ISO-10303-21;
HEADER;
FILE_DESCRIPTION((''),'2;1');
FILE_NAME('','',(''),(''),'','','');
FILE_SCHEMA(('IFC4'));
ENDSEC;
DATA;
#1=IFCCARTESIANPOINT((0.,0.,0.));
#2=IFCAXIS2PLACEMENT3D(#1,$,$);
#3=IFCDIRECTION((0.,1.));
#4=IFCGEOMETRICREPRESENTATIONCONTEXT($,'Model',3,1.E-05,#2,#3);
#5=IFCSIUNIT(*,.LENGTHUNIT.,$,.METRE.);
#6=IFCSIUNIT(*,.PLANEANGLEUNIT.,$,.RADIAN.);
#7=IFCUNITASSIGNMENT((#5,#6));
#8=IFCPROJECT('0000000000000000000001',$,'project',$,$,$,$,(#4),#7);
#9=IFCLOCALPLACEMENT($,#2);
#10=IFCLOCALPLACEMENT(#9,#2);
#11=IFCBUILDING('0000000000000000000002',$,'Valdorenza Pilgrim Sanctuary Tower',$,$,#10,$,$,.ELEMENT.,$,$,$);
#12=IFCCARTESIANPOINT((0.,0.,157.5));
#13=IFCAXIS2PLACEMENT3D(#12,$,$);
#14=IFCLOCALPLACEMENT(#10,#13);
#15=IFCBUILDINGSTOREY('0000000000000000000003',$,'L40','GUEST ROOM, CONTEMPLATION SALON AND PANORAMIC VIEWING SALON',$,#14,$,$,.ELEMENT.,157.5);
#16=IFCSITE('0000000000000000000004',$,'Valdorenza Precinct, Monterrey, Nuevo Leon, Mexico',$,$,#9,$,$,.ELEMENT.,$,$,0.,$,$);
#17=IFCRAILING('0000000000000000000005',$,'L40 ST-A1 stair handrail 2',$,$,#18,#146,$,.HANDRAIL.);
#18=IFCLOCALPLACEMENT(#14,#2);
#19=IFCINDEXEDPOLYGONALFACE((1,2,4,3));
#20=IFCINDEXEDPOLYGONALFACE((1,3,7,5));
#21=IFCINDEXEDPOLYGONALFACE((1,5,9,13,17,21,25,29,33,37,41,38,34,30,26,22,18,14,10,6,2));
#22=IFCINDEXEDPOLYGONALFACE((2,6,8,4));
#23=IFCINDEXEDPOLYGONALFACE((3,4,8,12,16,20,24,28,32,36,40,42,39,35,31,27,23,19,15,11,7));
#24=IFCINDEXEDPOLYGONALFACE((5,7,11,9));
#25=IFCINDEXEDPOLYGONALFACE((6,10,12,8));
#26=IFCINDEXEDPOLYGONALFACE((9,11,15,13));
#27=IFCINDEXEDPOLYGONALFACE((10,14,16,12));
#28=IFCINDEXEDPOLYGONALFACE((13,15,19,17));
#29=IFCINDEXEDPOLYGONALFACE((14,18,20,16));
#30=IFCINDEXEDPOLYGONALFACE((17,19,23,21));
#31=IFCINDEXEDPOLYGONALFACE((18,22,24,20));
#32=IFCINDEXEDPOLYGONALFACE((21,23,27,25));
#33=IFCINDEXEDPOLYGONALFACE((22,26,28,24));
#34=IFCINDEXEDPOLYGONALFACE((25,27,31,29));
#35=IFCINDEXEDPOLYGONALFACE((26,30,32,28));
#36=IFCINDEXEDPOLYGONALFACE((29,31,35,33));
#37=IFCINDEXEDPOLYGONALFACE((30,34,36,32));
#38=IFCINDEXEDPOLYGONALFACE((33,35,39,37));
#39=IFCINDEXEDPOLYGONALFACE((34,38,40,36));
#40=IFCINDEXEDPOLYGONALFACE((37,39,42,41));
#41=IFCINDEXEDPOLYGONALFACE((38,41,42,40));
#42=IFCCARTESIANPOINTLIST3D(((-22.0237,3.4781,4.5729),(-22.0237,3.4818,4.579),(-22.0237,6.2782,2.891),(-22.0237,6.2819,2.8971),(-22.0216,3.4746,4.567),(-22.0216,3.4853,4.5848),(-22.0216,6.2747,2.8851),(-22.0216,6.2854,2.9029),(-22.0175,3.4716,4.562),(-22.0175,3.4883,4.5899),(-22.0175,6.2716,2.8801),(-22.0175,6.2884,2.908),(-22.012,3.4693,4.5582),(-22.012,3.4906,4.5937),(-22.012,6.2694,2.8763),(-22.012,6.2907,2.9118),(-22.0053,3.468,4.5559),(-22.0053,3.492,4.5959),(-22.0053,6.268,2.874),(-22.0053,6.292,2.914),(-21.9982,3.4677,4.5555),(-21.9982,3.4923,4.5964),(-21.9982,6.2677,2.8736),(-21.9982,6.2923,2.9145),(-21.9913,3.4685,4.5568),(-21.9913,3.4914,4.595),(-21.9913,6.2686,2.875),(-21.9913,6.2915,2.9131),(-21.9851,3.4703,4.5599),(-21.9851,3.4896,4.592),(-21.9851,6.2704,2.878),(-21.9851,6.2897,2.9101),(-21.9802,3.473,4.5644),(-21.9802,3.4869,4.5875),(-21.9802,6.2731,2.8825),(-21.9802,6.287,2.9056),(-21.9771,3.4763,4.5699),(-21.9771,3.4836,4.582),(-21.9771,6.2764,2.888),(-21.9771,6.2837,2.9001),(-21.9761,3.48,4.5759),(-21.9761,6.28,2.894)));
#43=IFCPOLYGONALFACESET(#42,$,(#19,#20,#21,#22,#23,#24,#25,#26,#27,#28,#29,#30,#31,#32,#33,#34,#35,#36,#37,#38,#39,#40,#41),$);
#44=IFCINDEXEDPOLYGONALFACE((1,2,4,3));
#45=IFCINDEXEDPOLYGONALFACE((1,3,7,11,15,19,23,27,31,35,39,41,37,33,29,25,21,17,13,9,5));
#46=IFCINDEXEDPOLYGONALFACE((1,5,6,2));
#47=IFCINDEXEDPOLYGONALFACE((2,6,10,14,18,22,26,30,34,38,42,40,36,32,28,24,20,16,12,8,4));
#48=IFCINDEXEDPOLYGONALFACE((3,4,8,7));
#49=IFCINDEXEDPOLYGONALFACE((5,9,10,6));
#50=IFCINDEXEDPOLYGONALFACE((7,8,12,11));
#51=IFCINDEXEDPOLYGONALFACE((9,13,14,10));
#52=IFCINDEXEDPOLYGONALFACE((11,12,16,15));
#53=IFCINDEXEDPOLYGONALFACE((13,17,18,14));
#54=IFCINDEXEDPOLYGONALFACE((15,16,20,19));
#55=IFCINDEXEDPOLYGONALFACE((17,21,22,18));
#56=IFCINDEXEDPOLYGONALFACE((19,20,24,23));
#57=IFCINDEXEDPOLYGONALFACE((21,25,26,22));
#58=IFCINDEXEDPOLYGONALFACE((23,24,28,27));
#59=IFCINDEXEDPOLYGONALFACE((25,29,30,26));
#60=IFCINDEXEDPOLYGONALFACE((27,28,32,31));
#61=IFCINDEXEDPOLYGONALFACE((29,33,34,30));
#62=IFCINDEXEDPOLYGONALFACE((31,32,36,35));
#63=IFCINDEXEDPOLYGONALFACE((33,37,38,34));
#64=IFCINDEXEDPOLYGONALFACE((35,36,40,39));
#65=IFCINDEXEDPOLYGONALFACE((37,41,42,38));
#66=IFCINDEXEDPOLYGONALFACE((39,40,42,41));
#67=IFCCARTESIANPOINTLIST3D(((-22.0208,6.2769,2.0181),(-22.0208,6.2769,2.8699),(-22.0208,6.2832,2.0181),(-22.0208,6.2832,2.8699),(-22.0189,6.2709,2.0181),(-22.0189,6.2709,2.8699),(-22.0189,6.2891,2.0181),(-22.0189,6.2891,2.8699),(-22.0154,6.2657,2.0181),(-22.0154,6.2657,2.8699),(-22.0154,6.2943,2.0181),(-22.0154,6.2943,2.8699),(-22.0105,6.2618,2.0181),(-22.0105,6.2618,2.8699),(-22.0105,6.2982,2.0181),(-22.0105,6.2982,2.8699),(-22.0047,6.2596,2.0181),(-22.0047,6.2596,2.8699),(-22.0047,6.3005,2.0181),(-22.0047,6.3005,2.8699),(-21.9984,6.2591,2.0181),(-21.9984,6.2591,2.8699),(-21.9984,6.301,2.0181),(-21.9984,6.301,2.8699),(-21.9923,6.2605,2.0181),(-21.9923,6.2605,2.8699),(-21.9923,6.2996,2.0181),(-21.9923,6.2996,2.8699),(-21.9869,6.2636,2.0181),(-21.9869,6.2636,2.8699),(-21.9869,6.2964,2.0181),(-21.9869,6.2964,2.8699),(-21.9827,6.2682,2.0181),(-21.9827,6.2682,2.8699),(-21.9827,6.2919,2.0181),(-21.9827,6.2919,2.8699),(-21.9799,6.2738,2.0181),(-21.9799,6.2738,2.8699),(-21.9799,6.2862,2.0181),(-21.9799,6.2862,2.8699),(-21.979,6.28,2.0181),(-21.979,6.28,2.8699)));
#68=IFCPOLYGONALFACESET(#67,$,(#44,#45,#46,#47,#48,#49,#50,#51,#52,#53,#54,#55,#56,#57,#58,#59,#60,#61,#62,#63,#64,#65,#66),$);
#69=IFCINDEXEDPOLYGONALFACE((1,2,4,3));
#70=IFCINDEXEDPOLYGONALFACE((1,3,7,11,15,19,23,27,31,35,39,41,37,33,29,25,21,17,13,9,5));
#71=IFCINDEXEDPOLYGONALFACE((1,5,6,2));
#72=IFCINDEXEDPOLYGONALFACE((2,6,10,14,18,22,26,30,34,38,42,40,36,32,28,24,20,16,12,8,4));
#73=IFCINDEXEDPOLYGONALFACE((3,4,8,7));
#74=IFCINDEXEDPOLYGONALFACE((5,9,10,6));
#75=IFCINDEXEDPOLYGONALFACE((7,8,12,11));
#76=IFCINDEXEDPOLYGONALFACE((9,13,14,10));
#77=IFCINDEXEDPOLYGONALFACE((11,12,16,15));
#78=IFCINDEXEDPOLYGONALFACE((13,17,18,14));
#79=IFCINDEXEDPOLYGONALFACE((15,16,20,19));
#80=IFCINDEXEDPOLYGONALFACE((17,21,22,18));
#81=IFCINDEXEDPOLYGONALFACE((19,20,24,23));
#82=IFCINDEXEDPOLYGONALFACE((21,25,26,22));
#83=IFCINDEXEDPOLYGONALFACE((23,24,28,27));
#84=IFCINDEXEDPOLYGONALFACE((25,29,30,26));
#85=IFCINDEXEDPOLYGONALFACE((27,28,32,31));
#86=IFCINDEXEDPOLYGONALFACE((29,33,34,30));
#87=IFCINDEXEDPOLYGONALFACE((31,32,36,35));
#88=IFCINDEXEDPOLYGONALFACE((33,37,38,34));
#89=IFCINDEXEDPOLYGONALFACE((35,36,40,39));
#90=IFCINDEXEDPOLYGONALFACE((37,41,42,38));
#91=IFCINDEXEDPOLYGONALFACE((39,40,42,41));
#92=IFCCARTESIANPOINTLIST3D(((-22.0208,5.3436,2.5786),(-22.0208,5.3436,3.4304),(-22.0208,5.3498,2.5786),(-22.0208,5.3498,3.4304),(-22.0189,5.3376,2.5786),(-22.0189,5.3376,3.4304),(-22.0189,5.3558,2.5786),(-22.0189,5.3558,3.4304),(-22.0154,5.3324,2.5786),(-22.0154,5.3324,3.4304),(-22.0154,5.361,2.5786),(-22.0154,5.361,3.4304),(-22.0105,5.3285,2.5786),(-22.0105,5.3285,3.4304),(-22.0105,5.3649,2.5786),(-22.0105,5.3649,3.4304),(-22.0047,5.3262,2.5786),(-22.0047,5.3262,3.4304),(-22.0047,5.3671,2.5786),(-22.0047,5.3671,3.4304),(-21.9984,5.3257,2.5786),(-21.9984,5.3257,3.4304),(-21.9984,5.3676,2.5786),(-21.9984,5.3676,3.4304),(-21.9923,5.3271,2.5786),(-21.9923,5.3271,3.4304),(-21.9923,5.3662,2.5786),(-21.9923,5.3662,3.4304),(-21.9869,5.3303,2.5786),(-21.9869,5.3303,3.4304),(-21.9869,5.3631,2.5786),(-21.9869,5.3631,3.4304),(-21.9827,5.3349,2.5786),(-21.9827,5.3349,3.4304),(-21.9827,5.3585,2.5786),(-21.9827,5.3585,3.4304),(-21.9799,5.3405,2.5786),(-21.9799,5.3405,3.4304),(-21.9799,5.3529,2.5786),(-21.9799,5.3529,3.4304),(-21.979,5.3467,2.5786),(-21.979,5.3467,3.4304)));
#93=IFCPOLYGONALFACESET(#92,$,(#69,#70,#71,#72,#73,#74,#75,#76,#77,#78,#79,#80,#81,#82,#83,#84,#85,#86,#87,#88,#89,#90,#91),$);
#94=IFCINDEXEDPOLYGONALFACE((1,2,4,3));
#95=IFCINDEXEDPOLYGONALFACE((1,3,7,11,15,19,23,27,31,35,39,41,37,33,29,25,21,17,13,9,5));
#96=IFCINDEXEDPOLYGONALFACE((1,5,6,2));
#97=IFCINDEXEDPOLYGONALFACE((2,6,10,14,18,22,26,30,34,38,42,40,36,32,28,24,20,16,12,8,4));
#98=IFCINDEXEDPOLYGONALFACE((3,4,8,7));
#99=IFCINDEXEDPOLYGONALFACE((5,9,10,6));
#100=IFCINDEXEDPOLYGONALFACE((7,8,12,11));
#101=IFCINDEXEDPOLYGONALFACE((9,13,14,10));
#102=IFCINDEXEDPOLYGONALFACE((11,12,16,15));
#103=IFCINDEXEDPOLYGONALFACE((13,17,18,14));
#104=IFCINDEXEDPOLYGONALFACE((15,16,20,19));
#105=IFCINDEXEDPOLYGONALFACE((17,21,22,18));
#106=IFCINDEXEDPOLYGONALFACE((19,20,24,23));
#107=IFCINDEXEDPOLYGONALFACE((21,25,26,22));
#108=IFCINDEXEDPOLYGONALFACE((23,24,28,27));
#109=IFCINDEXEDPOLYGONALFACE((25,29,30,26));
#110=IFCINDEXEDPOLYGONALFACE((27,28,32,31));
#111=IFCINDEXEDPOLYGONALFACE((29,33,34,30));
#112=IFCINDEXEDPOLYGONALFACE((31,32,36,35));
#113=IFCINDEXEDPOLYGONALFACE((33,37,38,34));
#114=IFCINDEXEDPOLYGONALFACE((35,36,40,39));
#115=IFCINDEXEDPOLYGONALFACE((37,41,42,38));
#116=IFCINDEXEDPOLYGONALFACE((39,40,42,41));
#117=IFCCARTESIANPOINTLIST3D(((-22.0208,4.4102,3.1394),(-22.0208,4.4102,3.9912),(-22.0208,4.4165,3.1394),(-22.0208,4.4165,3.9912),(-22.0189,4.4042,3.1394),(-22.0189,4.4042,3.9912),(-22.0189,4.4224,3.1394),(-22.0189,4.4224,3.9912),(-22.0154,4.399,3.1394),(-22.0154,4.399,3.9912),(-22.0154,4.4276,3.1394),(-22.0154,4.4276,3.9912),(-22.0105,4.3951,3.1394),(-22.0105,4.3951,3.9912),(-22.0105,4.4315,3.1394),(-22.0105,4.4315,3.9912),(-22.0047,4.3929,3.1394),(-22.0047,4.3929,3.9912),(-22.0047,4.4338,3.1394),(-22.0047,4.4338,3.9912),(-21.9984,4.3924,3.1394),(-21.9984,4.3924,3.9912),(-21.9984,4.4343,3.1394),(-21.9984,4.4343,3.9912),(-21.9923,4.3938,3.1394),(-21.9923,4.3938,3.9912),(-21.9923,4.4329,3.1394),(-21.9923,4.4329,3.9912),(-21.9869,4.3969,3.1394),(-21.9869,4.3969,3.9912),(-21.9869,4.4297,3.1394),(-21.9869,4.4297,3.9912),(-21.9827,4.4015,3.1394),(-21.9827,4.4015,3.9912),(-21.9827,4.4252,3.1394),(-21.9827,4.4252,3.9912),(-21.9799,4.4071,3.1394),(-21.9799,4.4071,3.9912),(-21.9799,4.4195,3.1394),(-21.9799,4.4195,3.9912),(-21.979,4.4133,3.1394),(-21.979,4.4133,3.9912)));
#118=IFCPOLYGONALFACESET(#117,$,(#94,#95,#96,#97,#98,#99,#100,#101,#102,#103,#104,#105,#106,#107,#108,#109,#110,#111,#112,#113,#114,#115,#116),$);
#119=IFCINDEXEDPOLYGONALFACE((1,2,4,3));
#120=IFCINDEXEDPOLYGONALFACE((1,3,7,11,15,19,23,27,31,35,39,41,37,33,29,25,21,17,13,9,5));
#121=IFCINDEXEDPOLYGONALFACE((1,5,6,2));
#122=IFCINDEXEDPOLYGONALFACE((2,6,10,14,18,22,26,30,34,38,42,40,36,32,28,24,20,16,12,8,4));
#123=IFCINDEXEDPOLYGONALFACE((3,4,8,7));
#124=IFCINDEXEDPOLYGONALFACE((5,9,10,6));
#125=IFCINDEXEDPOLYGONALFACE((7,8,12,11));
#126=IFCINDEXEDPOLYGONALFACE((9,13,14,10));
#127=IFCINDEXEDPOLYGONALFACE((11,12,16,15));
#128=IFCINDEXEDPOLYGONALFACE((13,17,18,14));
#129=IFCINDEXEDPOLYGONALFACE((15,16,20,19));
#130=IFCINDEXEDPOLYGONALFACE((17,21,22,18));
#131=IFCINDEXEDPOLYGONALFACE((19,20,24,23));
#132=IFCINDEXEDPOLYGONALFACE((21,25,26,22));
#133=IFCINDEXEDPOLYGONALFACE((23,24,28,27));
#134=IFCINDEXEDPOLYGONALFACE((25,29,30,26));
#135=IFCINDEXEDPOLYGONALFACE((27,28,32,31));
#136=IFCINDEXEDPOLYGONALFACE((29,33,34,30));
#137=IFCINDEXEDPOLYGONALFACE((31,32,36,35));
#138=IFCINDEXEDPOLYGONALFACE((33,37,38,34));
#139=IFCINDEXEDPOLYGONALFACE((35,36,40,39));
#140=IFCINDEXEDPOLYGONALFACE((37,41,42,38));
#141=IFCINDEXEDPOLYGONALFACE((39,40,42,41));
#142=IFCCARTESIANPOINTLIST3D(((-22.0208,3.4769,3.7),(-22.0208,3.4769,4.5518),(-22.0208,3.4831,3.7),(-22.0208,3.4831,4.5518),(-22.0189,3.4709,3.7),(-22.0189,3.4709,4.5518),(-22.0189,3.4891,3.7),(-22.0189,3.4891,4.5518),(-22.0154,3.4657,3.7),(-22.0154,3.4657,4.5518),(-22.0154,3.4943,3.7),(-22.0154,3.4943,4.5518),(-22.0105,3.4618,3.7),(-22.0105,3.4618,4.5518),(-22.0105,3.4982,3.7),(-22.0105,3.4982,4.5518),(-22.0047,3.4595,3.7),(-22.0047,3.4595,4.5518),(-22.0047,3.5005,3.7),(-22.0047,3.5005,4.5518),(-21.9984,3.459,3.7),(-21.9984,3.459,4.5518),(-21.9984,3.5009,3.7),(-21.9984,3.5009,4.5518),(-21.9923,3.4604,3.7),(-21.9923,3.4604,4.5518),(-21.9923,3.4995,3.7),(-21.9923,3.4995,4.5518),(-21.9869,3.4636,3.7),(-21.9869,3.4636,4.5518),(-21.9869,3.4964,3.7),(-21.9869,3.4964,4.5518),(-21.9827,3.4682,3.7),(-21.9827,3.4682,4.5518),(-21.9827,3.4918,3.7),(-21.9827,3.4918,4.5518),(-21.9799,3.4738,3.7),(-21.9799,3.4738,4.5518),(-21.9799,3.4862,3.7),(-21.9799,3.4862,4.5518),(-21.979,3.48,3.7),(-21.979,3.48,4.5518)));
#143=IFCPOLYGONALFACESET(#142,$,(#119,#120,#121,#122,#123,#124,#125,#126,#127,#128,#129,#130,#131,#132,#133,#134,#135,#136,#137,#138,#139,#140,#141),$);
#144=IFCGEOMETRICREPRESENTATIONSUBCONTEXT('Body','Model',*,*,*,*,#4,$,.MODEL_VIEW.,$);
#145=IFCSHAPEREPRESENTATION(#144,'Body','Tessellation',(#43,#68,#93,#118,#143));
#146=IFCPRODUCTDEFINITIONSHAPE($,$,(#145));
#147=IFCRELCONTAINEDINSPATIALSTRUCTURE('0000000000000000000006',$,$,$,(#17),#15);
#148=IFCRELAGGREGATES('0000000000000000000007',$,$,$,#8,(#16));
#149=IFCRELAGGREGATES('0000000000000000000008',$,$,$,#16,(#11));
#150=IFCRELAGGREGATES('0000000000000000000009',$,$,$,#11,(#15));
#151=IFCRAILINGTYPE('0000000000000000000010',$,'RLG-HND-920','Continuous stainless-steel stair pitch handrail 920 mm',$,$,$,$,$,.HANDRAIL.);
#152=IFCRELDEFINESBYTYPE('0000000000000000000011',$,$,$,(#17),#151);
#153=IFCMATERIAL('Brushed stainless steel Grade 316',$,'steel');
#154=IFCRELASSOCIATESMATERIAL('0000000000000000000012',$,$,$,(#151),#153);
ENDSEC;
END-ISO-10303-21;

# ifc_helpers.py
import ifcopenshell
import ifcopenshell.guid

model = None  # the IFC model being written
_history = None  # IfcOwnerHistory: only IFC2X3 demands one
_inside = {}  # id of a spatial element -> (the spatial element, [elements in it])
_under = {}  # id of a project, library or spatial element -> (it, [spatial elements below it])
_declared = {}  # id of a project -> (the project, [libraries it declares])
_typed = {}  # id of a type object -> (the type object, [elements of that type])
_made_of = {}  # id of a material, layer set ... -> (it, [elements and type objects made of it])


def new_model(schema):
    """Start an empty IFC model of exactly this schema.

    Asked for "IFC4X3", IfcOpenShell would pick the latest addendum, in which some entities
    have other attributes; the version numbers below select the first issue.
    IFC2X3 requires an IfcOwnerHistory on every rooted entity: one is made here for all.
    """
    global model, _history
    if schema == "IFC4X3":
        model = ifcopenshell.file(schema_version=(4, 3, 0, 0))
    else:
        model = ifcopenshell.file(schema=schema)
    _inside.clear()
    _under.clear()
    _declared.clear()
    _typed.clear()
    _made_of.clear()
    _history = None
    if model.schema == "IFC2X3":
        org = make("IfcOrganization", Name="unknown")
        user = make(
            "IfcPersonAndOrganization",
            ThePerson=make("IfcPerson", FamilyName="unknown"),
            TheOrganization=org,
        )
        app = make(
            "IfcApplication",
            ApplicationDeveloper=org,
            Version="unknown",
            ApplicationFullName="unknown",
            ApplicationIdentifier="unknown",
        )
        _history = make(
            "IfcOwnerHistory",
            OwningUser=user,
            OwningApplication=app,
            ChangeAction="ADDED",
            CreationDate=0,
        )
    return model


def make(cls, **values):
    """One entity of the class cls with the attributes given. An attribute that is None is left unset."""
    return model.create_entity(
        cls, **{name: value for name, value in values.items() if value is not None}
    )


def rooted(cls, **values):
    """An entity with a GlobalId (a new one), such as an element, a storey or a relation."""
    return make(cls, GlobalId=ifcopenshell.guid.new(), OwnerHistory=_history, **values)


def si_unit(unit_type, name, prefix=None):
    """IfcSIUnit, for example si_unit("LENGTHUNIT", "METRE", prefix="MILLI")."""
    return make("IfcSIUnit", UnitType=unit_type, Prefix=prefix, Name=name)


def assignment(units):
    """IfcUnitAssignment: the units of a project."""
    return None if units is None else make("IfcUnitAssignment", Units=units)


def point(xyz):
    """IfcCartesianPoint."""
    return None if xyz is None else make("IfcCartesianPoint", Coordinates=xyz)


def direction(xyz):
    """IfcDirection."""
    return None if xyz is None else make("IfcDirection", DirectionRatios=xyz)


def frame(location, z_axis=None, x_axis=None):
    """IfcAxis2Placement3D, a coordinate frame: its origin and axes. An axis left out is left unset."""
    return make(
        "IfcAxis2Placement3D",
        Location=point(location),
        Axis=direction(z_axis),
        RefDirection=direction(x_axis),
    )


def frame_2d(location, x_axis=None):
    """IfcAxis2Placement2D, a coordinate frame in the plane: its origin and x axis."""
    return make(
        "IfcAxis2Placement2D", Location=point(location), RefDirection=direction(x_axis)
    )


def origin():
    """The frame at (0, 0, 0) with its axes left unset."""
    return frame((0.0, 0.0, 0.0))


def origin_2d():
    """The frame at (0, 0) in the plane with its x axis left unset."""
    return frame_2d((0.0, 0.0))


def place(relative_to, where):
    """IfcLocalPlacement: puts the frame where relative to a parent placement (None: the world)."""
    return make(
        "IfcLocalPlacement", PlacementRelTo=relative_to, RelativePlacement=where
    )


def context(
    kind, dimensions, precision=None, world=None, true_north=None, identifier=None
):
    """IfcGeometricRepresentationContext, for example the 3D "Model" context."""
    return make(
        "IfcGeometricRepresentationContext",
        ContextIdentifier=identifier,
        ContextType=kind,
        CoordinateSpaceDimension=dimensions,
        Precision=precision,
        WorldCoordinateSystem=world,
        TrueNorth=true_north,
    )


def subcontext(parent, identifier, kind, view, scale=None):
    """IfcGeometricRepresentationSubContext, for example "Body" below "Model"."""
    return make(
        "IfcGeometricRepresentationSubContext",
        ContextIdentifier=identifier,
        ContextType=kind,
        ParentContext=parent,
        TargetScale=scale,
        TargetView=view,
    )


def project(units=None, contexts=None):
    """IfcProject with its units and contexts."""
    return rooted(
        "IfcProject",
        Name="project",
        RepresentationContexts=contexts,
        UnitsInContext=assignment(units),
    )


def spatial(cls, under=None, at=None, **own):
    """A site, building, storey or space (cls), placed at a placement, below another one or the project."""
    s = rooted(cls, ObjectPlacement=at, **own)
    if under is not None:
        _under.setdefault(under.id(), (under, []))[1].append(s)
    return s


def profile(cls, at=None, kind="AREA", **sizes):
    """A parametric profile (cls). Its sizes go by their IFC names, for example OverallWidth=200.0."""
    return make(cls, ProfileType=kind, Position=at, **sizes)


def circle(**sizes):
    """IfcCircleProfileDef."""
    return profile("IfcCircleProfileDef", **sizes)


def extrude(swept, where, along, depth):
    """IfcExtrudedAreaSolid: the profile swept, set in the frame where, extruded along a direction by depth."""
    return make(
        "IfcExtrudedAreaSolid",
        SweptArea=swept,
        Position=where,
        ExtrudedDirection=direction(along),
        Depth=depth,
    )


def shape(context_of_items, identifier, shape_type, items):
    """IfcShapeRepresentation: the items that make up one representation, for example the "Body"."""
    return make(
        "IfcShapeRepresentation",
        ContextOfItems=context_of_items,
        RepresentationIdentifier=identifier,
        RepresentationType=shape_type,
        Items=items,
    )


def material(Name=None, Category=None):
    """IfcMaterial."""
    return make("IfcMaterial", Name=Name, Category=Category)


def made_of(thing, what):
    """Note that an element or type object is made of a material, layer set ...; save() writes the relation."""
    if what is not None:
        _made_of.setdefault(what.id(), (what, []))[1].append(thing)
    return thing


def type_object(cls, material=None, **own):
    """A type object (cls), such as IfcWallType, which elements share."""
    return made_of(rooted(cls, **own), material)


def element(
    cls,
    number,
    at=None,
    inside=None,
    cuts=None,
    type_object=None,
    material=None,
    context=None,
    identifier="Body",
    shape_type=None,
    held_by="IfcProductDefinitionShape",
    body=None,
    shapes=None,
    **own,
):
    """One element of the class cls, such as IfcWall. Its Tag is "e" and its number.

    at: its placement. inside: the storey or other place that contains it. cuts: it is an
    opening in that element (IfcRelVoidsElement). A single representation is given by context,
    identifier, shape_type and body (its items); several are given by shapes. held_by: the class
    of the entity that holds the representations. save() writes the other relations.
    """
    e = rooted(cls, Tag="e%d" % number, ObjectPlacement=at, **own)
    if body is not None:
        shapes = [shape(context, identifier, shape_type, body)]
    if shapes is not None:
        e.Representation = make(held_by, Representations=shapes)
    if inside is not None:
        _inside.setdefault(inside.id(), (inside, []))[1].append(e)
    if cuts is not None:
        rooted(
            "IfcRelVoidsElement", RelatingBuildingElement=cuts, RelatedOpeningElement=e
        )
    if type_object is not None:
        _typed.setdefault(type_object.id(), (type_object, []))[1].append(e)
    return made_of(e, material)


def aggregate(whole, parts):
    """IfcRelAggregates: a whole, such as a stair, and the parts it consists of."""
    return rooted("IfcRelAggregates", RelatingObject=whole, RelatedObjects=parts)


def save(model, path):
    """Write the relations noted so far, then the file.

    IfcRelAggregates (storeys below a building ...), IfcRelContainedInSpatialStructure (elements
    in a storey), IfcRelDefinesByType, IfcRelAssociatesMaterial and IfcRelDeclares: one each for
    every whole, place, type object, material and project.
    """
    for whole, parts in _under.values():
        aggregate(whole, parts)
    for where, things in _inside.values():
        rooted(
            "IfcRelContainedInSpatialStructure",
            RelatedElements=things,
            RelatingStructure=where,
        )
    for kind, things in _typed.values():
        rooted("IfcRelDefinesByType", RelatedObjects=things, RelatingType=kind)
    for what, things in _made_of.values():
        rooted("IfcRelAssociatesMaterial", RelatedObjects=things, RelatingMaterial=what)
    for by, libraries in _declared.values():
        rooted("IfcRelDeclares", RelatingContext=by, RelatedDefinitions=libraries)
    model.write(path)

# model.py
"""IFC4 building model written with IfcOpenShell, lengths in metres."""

from ifc_helpers import new_model, si_unit, direction, frame, origin, origin_2d, place, context, subcontext, project, spatial, circle, extrude, material, type_object, element, save


model = new_model("IFC4")

# Units and contexts
model_context = context("Model", 3, precision=1e-05, world=origin(), true_north=direction((0.0, 1.0)))
body_context = subcontext(model_context, "Body", "Model", "MODEL_VIEW")
ifc_project = project(units=[si_unit("LENGTHUNIT", "METRE"), si_unit("PLANEANGLEUNIT", "RADIAN")], contexts=[model_context])

# Site, building, storey
site_placement = place(None, origin())
site = spatial("IfcSite", under=ifc_project, at=site_placement, Name="Valdorenza Precinct, Monterrey, Nuevo Leon, Mexico", CompositionType="ELEMENT", RefElevation=0.0)
building_placement = place(site_placement, origin())
building = spatial("IfcBuilding", under=site, at=building_placement, Name="Valdorenza Pilgrim Sanctuary Tower", CompositionType="ELEMENT")
storey_placement = place(building_placement, frame((0.0, 0.0, 157.5)))
storey = spatial("IfcBuildingStorey", under=building, at=storey_placement, Name="L40", Description="GUEST ROOM, CONTEMPLATION SALON AND PANORAMIC VIEWING SALON", CompositionType="ELEMENT", Elevation=157.5)

# Railing
ifc_material_1 = material(Name="Brushed stainless steel Grade 316", Category="steel")
railing_type_1 = type_object("IfcRailingType", Name="RLG-HND-920", Description="Continuous stainless-steel stair pitch handrail 920 mm", PredefinedType="HANDRAIL", material=ifc_material_1)
railing_1_placement = place(storey_placement, frame((-22.0, 6.28, 2.0181)))
element("IfcRailing", 1, at=railing_1_placement, inside=storey, type_object=railing_type_1, Name="L40 ST-A1 stair handrail 2", PredefinedType="HANDRAIL", context=body_context, shape_type="SweptSolid", body=[
    extrude(circle(Radius=0.0239, at=origin_2d()), frame((0.0, 0.0, 0.876), z_axis=(0.0, -0.857242, 0.514913), x_axis=(1.0, 0.0, 0.0)), (0.0, 0.0, 1.0), 3.2664),
    extrude(circle(Radius=0.021, at=origin_2d()), origin(), (0.0, 0.0, 1.0), 0.8518),
    extrude(circle(Radius=0.021, at=origin_2d()), frame((0.0, -0.9333, 0.5605)), (0.0, 0.0, 1.0), 0.8518),
    extrude(circle(Radius=0.021, at=origin_2d()), frame((0.0, -1.8667, 1.1213)), (0.0, 0.0, 1.0), 0.8518),
    extrude(circle(Radius=0.021, at=origin_2d()), frame((0.0, -2.8, 1.6819)), (0.0, 0.0, 1.0), 0.8518),
])

save(model, "model.ifc")
